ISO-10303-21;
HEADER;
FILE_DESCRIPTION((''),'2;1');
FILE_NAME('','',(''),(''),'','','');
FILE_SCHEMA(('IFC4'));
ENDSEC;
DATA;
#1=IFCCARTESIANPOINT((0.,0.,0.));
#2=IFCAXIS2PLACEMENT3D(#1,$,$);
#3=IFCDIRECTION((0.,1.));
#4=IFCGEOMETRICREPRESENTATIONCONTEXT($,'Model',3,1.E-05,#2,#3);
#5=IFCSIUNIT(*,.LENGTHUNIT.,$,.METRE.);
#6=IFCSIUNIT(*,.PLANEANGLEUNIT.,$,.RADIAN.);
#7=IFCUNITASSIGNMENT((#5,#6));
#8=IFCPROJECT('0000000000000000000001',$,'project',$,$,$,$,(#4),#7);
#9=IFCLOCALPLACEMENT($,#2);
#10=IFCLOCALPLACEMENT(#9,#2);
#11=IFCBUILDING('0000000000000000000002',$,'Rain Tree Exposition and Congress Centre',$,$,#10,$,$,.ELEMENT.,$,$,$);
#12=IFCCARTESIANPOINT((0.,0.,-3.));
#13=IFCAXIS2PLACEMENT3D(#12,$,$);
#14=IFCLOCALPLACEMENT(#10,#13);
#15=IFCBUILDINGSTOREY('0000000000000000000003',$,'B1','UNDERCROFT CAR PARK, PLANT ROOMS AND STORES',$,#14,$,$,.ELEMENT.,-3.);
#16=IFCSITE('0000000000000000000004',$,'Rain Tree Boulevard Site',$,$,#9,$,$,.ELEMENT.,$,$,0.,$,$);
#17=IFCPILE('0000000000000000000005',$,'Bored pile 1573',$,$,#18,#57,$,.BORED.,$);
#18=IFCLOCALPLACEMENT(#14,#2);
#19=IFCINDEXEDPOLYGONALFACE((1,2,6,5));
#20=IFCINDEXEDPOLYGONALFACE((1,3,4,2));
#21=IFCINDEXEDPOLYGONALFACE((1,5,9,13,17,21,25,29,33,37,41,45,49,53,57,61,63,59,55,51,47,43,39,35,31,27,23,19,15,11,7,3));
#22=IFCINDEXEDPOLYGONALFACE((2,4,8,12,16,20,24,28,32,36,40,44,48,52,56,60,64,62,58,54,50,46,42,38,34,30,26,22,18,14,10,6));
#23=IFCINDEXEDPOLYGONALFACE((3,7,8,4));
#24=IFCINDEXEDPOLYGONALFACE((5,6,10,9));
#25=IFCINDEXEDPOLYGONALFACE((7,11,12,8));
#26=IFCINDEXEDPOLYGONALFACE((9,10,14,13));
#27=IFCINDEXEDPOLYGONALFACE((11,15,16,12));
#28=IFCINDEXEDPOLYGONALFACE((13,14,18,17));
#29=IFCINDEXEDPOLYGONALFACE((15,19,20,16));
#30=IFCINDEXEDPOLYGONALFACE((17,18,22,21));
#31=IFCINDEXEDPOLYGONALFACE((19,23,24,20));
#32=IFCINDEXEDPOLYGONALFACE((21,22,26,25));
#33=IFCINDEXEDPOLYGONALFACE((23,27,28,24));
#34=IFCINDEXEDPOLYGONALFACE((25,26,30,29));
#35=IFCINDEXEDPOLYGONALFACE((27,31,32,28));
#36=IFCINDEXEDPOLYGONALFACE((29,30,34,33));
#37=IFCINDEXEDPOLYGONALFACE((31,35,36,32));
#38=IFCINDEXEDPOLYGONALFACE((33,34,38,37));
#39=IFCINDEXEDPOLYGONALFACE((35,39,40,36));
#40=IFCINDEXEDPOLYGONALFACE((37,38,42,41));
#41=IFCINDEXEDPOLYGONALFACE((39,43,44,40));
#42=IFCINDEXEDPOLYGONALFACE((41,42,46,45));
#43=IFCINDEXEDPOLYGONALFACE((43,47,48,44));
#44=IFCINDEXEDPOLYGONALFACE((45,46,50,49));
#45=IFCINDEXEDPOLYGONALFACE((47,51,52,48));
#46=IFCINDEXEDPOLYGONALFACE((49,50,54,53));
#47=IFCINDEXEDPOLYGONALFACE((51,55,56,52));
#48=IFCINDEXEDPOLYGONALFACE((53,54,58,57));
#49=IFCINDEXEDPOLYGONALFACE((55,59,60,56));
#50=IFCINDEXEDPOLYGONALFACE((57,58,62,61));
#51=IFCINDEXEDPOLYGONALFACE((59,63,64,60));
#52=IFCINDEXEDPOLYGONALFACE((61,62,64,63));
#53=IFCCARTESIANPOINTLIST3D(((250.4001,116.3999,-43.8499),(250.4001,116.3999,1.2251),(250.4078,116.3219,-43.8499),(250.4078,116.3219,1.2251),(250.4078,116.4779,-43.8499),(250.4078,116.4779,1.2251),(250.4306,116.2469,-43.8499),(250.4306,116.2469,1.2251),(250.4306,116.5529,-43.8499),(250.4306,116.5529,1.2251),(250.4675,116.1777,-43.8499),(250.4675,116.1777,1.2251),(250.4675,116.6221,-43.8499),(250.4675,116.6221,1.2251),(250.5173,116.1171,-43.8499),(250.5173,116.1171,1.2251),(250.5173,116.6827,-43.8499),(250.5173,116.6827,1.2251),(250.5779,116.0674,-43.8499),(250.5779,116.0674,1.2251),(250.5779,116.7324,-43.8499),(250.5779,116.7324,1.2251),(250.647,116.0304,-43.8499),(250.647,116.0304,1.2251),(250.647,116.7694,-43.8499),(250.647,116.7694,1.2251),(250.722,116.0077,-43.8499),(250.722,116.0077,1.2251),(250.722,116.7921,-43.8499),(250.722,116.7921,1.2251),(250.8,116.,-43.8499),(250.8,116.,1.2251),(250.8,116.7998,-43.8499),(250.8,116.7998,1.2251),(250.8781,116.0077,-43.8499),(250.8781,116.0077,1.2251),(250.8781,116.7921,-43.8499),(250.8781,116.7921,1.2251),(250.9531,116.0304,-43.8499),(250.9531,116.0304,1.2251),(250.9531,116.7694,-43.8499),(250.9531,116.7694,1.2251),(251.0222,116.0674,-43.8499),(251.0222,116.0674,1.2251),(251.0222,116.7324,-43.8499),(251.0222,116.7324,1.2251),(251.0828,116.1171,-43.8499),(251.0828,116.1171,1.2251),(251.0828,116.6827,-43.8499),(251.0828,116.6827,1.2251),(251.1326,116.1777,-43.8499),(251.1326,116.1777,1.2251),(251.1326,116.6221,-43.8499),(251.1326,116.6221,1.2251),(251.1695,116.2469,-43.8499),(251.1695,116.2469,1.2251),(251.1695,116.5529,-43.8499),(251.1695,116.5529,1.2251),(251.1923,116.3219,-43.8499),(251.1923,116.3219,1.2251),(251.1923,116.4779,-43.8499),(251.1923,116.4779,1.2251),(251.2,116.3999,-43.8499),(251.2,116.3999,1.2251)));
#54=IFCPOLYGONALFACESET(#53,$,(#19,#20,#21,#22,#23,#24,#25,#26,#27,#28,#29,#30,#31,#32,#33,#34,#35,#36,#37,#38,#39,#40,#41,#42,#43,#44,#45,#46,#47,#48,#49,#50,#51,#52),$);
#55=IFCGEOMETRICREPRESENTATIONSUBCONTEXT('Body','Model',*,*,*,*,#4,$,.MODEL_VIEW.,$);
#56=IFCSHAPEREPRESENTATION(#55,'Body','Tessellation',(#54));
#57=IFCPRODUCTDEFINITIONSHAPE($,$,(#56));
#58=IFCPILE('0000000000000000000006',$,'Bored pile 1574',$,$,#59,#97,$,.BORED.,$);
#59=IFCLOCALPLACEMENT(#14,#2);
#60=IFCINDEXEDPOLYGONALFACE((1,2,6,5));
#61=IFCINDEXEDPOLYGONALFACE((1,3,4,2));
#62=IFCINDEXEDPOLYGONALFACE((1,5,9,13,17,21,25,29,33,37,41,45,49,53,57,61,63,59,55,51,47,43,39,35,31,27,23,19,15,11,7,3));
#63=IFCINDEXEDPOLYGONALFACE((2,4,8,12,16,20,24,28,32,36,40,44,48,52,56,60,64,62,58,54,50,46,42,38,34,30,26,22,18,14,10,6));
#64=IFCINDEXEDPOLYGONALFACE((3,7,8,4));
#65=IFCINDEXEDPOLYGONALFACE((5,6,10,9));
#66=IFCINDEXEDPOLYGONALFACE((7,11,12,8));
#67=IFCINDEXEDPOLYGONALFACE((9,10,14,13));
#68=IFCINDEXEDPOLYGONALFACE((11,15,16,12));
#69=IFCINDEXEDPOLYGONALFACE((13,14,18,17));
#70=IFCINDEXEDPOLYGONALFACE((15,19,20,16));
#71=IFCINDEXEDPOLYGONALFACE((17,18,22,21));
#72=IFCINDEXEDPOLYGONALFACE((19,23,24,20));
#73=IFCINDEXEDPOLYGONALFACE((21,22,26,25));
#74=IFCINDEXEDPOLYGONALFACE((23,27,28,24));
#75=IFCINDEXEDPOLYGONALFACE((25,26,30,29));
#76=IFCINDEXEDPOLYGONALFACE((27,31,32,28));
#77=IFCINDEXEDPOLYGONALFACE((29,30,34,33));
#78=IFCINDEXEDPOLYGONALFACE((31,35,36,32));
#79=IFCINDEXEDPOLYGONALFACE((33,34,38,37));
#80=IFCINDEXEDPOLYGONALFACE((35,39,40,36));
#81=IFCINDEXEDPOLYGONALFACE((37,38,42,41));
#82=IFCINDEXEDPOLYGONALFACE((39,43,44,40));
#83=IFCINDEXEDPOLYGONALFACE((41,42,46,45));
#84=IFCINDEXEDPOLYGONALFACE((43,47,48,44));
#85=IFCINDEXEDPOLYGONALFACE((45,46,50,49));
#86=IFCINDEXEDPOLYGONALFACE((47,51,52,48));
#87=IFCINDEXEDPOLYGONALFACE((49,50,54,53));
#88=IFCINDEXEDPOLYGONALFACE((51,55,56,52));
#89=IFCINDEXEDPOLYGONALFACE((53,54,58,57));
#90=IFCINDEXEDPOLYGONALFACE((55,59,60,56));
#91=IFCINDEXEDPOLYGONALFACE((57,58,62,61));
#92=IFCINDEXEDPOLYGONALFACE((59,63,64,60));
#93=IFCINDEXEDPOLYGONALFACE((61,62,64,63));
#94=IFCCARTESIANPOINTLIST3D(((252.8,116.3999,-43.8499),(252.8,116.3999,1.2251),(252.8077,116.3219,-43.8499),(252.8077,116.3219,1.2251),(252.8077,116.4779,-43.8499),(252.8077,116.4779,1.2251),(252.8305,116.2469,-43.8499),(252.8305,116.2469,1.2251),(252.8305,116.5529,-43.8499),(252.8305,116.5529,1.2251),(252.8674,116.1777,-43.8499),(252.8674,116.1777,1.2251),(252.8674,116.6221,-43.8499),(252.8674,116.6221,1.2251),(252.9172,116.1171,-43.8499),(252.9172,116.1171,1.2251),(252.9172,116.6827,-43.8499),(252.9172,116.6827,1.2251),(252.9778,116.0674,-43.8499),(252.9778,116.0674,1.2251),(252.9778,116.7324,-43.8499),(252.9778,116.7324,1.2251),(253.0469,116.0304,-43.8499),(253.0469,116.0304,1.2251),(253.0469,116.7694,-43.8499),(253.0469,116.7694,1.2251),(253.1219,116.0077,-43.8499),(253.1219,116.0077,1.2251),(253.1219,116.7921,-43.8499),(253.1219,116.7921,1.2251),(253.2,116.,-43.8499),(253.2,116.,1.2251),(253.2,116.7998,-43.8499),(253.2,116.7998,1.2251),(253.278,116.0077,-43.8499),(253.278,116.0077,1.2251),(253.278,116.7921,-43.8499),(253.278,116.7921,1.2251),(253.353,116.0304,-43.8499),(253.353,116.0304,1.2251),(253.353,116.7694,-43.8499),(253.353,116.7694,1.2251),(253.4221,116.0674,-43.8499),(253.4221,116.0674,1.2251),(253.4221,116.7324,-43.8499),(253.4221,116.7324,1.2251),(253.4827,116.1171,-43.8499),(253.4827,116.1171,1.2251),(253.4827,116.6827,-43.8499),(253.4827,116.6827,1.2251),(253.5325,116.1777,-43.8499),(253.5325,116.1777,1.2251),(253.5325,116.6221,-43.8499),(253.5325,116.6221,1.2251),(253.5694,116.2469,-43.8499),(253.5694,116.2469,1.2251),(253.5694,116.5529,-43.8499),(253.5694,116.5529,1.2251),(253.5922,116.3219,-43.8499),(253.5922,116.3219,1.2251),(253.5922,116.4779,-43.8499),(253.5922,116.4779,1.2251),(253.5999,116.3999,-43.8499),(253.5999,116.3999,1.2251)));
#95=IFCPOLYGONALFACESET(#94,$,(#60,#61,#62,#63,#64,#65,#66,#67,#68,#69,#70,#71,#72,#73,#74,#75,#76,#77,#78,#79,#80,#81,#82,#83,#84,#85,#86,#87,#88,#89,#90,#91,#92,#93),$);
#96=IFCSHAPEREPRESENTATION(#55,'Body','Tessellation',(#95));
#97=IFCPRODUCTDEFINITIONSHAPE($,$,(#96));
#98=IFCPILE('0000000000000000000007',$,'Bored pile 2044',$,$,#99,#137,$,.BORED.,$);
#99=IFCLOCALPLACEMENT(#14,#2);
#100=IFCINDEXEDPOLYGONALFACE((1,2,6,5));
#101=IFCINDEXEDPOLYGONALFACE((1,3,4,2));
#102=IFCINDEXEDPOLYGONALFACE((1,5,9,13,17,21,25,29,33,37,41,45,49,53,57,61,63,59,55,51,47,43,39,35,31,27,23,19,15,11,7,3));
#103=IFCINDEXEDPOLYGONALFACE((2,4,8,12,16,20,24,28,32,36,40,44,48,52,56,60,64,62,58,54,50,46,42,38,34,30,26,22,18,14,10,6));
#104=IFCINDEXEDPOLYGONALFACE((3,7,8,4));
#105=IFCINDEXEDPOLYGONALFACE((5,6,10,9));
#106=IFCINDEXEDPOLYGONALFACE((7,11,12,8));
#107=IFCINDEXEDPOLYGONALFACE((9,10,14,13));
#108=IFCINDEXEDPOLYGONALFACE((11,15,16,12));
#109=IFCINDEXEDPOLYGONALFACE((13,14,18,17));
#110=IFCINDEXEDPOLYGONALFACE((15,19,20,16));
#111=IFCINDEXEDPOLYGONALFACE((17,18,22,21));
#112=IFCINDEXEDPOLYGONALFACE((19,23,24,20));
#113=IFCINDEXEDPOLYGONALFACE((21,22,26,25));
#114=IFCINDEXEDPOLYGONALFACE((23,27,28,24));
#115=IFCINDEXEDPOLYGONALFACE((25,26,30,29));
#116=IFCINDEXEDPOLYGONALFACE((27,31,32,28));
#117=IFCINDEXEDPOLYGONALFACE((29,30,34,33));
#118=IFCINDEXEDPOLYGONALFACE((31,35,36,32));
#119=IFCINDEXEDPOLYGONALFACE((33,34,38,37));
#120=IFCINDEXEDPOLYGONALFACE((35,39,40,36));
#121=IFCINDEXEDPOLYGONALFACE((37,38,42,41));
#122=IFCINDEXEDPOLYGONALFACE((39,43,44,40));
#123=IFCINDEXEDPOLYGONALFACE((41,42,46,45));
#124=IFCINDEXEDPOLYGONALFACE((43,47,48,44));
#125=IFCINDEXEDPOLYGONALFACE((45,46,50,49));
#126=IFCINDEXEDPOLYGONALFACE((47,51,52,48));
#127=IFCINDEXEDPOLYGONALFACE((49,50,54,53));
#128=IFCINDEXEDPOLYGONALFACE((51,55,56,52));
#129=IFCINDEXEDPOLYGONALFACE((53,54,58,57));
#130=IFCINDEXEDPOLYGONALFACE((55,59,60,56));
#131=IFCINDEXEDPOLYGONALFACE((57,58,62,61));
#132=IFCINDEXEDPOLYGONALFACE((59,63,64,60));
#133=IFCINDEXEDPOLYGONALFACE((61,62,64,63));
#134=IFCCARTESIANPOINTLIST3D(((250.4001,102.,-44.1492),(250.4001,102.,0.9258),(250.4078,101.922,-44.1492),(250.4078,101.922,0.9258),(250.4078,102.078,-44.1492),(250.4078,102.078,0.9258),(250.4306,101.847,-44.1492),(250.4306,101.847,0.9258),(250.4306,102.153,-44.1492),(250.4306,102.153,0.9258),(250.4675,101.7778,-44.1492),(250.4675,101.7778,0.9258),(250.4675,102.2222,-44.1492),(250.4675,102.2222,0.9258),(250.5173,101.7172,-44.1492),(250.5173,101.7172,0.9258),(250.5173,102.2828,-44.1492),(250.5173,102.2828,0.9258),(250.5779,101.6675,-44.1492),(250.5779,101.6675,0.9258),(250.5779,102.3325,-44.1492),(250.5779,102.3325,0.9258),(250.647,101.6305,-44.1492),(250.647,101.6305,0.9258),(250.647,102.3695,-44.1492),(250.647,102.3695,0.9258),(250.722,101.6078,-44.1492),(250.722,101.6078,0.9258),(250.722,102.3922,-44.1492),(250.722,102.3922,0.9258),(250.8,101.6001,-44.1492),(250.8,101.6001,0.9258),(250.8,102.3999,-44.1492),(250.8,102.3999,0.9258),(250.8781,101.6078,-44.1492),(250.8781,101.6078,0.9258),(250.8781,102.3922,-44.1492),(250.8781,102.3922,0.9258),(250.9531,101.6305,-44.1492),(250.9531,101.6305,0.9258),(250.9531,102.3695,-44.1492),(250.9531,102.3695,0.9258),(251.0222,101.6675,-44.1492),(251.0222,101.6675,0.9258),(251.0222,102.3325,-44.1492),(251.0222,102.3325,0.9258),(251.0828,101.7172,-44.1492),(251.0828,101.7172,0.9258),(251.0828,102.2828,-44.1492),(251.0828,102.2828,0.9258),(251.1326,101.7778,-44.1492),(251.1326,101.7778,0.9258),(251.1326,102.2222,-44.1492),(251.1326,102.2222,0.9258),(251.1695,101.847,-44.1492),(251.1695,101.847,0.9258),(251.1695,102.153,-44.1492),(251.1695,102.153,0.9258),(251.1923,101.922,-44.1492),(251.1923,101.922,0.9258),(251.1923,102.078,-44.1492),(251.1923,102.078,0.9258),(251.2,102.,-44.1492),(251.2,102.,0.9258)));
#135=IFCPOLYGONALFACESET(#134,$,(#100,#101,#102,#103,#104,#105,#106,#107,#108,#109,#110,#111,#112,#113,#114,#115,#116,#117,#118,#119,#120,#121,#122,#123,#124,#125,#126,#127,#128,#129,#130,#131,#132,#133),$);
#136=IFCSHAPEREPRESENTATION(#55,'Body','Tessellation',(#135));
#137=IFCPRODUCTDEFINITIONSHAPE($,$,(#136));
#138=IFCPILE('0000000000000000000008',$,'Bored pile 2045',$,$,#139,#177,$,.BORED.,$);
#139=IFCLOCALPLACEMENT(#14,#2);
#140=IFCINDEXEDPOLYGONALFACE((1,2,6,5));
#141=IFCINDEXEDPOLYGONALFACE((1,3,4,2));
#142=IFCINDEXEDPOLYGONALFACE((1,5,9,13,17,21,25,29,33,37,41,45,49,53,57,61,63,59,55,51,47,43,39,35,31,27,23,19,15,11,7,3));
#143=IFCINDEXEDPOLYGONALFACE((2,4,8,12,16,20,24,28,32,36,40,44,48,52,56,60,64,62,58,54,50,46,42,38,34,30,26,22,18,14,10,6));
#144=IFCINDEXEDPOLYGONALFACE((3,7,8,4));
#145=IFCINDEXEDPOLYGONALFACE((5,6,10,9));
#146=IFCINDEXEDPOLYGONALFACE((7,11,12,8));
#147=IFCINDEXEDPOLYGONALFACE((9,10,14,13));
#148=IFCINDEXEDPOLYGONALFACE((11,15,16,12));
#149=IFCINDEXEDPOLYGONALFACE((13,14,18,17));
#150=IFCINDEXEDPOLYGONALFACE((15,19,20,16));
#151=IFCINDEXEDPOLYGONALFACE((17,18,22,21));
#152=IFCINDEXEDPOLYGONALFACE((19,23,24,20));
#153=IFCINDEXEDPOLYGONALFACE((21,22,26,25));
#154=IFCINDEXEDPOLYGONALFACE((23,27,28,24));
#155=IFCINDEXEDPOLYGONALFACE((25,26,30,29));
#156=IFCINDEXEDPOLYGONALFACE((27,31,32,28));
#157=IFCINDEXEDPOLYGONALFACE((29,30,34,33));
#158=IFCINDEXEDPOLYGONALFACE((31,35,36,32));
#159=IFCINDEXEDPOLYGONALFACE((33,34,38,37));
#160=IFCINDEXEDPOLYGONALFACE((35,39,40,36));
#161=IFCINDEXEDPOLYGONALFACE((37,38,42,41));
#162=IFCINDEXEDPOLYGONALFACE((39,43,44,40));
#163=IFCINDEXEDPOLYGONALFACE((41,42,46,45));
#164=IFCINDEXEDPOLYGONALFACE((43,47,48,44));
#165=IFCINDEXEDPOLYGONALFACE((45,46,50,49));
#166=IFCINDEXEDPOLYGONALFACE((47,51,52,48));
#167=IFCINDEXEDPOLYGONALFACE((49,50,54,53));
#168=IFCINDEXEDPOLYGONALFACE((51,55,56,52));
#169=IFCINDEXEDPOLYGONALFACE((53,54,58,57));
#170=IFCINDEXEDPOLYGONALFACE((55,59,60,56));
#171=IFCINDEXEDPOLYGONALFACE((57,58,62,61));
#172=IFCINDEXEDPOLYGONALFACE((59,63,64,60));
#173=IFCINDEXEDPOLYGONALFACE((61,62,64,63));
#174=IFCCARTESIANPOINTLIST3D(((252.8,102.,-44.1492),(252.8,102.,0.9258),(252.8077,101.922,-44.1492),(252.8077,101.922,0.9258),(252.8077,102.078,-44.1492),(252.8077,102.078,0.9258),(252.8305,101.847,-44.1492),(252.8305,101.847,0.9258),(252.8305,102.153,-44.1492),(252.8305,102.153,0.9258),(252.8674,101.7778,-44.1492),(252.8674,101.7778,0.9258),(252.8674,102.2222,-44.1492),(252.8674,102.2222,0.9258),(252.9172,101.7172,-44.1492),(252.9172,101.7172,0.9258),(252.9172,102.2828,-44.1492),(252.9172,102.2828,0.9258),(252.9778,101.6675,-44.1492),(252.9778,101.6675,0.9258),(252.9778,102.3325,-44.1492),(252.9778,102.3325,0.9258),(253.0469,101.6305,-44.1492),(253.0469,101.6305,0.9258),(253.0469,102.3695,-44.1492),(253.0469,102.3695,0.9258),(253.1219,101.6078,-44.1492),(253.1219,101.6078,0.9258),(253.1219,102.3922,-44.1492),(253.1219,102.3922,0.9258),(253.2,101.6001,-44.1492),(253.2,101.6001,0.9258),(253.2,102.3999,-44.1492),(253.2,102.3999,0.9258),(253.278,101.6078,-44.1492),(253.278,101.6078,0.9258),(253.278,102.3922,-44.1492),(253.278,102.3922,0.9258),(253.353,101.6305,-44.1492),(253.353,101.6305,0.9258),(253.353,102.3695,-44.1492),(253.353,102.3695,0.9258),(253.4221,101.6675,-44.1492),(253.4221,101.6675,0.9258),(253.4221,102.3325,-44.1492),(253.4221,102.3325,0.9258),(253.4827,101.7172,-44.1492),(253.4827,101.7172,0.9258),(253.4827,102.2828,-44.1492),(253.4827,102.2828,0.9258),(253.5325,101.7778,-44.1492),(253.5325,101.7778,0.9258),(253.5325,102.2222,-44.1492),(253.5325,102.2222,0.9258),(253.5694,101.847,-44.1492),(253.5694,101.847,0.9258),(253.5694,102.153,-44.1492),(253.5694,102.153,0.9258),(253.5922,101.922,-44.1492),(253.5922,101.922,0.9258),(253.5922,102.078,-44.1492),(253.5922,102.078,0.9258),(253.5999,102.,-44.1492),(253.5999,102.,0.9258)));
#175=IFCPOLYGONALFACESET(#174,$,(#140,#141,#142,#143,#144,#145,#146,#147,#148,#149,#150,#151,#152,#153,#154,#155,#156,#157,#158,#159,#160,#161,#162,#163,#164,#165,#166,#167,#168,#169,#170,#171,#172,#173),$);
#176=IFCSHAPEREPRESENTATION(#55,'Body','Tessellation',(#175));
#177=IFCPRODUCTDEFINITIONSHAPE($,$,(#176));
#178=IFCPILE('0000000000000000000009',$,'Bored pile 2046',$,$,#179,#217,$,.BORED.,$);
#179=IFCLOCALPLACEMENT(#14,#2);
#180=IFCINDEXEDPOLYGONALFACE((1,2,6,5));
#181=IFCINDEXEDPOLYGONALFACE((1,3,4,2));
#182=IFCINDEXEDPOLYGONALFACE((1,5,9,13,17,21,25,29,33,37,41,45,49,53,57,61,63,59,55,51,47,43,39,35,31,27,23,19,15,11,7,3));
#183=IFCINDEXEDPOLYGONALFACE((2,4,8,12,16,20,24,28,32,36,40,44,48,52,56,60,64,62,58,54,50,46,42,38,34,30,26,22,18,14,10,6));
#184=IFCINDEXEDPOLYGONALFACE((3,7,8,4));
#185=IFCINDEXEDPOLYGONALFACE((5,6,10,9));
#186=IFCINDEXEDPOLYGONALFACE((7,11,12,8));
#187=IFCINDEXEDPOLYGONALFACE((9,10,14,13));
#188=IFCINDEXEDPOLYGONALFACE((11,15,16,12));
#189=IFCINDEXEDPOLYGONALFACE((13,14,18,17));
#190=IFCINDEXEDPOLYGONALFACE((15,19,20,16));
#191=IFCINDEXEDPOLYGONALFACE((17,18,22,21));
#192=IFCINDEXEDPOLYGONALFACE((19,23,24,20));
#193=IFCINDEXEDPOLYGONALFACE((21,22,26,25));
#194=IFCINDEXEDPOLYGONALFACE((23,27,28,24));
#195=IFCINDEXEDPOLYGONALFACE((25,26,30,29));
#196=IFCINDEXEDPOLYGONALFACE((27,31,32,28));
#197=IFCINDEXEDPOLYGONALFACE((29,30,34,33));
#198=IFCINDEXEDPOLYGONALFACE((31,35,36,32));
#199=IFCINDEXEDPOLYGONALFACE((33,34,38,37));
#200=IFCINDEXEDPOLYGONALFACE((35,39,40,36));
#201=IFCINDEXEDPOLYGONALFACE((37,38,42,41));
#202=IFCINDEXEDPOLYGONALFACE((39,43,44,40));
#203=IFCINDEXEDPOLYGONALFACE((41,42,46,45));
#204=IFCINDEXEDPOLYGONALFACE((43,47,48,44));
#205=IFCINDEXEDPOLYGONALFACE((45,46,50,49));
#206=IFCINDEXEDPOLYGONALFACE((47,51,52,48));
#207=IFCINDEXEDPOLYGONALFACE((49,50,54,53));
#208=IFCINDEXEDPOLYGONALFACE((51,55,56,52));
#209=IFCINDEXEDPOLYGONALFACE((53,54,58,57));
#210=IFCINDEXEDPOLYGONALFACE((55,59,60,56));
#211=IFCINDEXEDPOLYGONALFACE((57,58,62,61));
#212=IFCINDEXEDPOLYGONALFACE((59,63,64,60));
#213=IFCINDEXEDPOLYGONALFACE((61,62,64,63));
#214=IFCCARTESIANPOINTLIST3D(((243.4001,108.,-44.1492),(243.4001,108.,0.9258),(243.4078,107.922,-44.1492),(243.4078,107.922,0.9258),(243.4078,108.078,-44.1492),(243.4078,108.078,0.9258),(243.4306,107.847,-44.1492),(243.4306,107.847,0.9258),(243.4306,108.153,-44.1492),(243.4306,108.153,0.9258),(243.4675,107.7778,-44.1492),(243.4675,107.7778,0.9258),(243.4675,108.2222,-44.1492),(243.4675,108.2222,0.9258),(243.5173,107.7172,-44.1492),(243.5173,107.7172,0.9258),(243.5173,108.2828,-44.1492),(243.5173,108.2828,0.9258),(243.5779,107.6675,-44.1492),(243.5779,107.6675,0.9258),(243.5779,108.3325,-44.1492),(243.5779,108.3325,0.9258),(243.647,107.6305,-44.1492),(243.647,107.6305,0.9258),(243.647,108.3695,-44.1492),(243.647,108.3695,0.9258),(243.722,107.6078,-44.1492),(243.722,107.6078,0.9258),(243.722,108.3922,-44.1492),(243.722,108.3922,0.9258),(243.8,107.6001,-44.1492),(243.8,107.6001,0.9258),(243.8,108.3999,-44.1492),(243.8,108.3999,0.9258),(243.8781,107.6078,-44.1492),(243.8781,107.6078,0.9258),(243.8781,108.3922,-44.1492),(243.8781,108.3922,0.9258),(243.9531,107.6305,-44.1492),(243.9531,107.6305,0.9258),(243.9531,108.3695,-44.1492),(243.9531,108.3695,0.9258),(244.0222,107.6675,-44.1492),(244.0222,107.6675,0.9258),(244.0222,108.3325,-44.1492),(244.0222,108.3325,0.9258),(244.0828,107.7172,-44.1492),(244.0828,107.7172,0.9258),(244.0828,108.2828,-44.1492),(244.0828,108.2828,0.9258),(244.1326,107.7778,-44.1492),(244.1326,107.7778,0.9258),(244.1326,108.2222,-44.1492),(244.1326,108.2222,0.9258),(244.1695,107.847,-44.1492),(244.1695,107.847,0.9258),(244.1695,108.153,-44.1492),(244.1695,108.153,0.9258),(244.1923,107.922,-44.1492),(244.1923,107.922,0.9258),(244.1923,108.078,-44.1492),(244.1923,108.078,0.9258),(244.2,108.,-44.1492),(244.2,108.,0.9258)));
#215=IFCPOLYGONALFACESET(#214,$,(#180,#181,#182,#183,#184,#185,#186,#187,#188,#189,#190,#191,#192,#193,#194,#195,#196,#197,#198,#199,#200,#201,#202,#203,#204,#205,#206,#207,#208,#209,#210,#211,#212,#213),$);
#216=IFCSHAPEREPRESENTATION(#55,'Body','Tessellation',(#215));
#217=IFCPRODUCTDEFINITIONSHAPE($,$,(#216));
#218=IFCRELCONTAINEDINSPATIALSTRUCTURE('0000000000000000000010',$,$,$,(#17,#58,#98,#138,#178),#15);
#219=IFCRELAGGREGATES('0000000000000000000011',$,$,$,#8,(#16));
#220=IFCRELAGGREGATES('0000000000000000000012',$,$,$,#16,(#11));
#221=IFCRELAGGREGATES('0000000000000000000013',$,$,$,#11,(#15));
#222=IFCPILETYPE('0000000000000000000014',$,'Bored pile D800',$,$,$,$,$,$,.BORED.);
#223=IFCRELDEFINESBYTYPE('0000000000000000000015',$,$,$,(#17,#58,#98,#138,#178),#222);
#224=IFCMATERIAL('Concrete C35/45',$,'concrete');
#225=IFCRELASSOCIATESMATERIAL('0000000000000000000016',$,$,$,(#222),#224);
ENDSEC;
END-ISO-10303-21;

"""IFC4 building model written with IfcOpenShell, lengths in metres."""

from ifc_helpers import new_model, si_unit, direction, frame, origin, origin_2d, place, context, subcontext, project, spatial, circle, extrude, material, material_profile, profile_set, type_object, element, save


model = new_model("IFC4")

# Units and contexts
model_context = context("Model", 3, precision=1e-05, world=origin(), true_north=direction((0.0, 1.0)))
body_context = subcontext(model_context, "Body", "Model", "MODEL_VIEW")
ifc_project = project(units=[si_unit("LENGTHUNIT", "METRE"), si_unit("PLANEANGLEUNIT", "RADIAN")], contexts=[model_context])

# Site, building, storey
site_placement = place(None, origin())
site = spatial("IfcSite", under=ifc_project, at=site_placement, Name="Rain Tree Boulevard Site", CompositionType="ELEMENT", RefElevation=0.0)
building_placement = place(site_placement, origin())
building = spatial("IfcBuilding", under=site, at=building_placement, Name="Rain Tree Exposition and Congress Centre", CompositionType="ELEMENT")
storey_placement = place(building_placement, frame((0.0, 0.0, -3.0)))
storey = spatial("IfcBuildingStorey", under=building, at=storey_placement, Name="B1", Description="UNDERCROFT CAR PARK, PLANT ROOMS AND STORES", CompositionType="ELEMENT", Elevation=-3.0)

# Piles
ifc_material_1 = material(Name="Concrete C35/45", Category="concrete")
ifc_material_profile_1 = material_profile(ifc_material_1, circle(Radius=0.3999, at=origin_2d()), Name="D800")
ifc_profile_set_1 = profile_set([ifc_material_profile_1], Name="Concrete C35/45")
pile_type_1 = type_object("IfcPileType", Name="Bored pile D800", PredefinedType="BORED", material=ifc_profile_set_1)
for number, where, z_axis, x_axis, name in (
    (1, (250.8, 116.3999, 1.2251), (0.0, 0.0, -1.0), (1.0, 0.0, 0.0), "Bored pile 1573"),
    (2, (253.2, 116.3999, 1.2251), (0.0, 0.0, -1.0), (1.0, 0.0, 0.0), "Bored pile 1574"),
    (3, (250.8, 102.0, 0.9258), (0.0, 0.0, -1.0), (1.0, 0.0, 0.0), "Bored pile 2044"),
    (4, (253.2, 102.0, 0.9258), (0.0, 0.0, -1.0), (1.0, 0.0, 0.0), "Bored pile 2045"),
    (5, (243.8, 108.0, 0.9258), (0.0, 0.0, -1.0), (1.0, 0.0, 0.0), "Bored pile 2046"),
):
    element("IfcPile", number, at=place(storey_placement, frame(where, z_axis=z_axis, x_axis=x_axis)), inside=storey, type_object=pile_type_1, Name=name, PredefinedType="BORED", context=body_context, shape_type="SweptSolid", body=[
        extrude(circle(Radius=0.3999, at=origin_2d()), origin(), (0.0, 0.0, 1.0), 45.075),
    ])

save(model, "model.ifc")
